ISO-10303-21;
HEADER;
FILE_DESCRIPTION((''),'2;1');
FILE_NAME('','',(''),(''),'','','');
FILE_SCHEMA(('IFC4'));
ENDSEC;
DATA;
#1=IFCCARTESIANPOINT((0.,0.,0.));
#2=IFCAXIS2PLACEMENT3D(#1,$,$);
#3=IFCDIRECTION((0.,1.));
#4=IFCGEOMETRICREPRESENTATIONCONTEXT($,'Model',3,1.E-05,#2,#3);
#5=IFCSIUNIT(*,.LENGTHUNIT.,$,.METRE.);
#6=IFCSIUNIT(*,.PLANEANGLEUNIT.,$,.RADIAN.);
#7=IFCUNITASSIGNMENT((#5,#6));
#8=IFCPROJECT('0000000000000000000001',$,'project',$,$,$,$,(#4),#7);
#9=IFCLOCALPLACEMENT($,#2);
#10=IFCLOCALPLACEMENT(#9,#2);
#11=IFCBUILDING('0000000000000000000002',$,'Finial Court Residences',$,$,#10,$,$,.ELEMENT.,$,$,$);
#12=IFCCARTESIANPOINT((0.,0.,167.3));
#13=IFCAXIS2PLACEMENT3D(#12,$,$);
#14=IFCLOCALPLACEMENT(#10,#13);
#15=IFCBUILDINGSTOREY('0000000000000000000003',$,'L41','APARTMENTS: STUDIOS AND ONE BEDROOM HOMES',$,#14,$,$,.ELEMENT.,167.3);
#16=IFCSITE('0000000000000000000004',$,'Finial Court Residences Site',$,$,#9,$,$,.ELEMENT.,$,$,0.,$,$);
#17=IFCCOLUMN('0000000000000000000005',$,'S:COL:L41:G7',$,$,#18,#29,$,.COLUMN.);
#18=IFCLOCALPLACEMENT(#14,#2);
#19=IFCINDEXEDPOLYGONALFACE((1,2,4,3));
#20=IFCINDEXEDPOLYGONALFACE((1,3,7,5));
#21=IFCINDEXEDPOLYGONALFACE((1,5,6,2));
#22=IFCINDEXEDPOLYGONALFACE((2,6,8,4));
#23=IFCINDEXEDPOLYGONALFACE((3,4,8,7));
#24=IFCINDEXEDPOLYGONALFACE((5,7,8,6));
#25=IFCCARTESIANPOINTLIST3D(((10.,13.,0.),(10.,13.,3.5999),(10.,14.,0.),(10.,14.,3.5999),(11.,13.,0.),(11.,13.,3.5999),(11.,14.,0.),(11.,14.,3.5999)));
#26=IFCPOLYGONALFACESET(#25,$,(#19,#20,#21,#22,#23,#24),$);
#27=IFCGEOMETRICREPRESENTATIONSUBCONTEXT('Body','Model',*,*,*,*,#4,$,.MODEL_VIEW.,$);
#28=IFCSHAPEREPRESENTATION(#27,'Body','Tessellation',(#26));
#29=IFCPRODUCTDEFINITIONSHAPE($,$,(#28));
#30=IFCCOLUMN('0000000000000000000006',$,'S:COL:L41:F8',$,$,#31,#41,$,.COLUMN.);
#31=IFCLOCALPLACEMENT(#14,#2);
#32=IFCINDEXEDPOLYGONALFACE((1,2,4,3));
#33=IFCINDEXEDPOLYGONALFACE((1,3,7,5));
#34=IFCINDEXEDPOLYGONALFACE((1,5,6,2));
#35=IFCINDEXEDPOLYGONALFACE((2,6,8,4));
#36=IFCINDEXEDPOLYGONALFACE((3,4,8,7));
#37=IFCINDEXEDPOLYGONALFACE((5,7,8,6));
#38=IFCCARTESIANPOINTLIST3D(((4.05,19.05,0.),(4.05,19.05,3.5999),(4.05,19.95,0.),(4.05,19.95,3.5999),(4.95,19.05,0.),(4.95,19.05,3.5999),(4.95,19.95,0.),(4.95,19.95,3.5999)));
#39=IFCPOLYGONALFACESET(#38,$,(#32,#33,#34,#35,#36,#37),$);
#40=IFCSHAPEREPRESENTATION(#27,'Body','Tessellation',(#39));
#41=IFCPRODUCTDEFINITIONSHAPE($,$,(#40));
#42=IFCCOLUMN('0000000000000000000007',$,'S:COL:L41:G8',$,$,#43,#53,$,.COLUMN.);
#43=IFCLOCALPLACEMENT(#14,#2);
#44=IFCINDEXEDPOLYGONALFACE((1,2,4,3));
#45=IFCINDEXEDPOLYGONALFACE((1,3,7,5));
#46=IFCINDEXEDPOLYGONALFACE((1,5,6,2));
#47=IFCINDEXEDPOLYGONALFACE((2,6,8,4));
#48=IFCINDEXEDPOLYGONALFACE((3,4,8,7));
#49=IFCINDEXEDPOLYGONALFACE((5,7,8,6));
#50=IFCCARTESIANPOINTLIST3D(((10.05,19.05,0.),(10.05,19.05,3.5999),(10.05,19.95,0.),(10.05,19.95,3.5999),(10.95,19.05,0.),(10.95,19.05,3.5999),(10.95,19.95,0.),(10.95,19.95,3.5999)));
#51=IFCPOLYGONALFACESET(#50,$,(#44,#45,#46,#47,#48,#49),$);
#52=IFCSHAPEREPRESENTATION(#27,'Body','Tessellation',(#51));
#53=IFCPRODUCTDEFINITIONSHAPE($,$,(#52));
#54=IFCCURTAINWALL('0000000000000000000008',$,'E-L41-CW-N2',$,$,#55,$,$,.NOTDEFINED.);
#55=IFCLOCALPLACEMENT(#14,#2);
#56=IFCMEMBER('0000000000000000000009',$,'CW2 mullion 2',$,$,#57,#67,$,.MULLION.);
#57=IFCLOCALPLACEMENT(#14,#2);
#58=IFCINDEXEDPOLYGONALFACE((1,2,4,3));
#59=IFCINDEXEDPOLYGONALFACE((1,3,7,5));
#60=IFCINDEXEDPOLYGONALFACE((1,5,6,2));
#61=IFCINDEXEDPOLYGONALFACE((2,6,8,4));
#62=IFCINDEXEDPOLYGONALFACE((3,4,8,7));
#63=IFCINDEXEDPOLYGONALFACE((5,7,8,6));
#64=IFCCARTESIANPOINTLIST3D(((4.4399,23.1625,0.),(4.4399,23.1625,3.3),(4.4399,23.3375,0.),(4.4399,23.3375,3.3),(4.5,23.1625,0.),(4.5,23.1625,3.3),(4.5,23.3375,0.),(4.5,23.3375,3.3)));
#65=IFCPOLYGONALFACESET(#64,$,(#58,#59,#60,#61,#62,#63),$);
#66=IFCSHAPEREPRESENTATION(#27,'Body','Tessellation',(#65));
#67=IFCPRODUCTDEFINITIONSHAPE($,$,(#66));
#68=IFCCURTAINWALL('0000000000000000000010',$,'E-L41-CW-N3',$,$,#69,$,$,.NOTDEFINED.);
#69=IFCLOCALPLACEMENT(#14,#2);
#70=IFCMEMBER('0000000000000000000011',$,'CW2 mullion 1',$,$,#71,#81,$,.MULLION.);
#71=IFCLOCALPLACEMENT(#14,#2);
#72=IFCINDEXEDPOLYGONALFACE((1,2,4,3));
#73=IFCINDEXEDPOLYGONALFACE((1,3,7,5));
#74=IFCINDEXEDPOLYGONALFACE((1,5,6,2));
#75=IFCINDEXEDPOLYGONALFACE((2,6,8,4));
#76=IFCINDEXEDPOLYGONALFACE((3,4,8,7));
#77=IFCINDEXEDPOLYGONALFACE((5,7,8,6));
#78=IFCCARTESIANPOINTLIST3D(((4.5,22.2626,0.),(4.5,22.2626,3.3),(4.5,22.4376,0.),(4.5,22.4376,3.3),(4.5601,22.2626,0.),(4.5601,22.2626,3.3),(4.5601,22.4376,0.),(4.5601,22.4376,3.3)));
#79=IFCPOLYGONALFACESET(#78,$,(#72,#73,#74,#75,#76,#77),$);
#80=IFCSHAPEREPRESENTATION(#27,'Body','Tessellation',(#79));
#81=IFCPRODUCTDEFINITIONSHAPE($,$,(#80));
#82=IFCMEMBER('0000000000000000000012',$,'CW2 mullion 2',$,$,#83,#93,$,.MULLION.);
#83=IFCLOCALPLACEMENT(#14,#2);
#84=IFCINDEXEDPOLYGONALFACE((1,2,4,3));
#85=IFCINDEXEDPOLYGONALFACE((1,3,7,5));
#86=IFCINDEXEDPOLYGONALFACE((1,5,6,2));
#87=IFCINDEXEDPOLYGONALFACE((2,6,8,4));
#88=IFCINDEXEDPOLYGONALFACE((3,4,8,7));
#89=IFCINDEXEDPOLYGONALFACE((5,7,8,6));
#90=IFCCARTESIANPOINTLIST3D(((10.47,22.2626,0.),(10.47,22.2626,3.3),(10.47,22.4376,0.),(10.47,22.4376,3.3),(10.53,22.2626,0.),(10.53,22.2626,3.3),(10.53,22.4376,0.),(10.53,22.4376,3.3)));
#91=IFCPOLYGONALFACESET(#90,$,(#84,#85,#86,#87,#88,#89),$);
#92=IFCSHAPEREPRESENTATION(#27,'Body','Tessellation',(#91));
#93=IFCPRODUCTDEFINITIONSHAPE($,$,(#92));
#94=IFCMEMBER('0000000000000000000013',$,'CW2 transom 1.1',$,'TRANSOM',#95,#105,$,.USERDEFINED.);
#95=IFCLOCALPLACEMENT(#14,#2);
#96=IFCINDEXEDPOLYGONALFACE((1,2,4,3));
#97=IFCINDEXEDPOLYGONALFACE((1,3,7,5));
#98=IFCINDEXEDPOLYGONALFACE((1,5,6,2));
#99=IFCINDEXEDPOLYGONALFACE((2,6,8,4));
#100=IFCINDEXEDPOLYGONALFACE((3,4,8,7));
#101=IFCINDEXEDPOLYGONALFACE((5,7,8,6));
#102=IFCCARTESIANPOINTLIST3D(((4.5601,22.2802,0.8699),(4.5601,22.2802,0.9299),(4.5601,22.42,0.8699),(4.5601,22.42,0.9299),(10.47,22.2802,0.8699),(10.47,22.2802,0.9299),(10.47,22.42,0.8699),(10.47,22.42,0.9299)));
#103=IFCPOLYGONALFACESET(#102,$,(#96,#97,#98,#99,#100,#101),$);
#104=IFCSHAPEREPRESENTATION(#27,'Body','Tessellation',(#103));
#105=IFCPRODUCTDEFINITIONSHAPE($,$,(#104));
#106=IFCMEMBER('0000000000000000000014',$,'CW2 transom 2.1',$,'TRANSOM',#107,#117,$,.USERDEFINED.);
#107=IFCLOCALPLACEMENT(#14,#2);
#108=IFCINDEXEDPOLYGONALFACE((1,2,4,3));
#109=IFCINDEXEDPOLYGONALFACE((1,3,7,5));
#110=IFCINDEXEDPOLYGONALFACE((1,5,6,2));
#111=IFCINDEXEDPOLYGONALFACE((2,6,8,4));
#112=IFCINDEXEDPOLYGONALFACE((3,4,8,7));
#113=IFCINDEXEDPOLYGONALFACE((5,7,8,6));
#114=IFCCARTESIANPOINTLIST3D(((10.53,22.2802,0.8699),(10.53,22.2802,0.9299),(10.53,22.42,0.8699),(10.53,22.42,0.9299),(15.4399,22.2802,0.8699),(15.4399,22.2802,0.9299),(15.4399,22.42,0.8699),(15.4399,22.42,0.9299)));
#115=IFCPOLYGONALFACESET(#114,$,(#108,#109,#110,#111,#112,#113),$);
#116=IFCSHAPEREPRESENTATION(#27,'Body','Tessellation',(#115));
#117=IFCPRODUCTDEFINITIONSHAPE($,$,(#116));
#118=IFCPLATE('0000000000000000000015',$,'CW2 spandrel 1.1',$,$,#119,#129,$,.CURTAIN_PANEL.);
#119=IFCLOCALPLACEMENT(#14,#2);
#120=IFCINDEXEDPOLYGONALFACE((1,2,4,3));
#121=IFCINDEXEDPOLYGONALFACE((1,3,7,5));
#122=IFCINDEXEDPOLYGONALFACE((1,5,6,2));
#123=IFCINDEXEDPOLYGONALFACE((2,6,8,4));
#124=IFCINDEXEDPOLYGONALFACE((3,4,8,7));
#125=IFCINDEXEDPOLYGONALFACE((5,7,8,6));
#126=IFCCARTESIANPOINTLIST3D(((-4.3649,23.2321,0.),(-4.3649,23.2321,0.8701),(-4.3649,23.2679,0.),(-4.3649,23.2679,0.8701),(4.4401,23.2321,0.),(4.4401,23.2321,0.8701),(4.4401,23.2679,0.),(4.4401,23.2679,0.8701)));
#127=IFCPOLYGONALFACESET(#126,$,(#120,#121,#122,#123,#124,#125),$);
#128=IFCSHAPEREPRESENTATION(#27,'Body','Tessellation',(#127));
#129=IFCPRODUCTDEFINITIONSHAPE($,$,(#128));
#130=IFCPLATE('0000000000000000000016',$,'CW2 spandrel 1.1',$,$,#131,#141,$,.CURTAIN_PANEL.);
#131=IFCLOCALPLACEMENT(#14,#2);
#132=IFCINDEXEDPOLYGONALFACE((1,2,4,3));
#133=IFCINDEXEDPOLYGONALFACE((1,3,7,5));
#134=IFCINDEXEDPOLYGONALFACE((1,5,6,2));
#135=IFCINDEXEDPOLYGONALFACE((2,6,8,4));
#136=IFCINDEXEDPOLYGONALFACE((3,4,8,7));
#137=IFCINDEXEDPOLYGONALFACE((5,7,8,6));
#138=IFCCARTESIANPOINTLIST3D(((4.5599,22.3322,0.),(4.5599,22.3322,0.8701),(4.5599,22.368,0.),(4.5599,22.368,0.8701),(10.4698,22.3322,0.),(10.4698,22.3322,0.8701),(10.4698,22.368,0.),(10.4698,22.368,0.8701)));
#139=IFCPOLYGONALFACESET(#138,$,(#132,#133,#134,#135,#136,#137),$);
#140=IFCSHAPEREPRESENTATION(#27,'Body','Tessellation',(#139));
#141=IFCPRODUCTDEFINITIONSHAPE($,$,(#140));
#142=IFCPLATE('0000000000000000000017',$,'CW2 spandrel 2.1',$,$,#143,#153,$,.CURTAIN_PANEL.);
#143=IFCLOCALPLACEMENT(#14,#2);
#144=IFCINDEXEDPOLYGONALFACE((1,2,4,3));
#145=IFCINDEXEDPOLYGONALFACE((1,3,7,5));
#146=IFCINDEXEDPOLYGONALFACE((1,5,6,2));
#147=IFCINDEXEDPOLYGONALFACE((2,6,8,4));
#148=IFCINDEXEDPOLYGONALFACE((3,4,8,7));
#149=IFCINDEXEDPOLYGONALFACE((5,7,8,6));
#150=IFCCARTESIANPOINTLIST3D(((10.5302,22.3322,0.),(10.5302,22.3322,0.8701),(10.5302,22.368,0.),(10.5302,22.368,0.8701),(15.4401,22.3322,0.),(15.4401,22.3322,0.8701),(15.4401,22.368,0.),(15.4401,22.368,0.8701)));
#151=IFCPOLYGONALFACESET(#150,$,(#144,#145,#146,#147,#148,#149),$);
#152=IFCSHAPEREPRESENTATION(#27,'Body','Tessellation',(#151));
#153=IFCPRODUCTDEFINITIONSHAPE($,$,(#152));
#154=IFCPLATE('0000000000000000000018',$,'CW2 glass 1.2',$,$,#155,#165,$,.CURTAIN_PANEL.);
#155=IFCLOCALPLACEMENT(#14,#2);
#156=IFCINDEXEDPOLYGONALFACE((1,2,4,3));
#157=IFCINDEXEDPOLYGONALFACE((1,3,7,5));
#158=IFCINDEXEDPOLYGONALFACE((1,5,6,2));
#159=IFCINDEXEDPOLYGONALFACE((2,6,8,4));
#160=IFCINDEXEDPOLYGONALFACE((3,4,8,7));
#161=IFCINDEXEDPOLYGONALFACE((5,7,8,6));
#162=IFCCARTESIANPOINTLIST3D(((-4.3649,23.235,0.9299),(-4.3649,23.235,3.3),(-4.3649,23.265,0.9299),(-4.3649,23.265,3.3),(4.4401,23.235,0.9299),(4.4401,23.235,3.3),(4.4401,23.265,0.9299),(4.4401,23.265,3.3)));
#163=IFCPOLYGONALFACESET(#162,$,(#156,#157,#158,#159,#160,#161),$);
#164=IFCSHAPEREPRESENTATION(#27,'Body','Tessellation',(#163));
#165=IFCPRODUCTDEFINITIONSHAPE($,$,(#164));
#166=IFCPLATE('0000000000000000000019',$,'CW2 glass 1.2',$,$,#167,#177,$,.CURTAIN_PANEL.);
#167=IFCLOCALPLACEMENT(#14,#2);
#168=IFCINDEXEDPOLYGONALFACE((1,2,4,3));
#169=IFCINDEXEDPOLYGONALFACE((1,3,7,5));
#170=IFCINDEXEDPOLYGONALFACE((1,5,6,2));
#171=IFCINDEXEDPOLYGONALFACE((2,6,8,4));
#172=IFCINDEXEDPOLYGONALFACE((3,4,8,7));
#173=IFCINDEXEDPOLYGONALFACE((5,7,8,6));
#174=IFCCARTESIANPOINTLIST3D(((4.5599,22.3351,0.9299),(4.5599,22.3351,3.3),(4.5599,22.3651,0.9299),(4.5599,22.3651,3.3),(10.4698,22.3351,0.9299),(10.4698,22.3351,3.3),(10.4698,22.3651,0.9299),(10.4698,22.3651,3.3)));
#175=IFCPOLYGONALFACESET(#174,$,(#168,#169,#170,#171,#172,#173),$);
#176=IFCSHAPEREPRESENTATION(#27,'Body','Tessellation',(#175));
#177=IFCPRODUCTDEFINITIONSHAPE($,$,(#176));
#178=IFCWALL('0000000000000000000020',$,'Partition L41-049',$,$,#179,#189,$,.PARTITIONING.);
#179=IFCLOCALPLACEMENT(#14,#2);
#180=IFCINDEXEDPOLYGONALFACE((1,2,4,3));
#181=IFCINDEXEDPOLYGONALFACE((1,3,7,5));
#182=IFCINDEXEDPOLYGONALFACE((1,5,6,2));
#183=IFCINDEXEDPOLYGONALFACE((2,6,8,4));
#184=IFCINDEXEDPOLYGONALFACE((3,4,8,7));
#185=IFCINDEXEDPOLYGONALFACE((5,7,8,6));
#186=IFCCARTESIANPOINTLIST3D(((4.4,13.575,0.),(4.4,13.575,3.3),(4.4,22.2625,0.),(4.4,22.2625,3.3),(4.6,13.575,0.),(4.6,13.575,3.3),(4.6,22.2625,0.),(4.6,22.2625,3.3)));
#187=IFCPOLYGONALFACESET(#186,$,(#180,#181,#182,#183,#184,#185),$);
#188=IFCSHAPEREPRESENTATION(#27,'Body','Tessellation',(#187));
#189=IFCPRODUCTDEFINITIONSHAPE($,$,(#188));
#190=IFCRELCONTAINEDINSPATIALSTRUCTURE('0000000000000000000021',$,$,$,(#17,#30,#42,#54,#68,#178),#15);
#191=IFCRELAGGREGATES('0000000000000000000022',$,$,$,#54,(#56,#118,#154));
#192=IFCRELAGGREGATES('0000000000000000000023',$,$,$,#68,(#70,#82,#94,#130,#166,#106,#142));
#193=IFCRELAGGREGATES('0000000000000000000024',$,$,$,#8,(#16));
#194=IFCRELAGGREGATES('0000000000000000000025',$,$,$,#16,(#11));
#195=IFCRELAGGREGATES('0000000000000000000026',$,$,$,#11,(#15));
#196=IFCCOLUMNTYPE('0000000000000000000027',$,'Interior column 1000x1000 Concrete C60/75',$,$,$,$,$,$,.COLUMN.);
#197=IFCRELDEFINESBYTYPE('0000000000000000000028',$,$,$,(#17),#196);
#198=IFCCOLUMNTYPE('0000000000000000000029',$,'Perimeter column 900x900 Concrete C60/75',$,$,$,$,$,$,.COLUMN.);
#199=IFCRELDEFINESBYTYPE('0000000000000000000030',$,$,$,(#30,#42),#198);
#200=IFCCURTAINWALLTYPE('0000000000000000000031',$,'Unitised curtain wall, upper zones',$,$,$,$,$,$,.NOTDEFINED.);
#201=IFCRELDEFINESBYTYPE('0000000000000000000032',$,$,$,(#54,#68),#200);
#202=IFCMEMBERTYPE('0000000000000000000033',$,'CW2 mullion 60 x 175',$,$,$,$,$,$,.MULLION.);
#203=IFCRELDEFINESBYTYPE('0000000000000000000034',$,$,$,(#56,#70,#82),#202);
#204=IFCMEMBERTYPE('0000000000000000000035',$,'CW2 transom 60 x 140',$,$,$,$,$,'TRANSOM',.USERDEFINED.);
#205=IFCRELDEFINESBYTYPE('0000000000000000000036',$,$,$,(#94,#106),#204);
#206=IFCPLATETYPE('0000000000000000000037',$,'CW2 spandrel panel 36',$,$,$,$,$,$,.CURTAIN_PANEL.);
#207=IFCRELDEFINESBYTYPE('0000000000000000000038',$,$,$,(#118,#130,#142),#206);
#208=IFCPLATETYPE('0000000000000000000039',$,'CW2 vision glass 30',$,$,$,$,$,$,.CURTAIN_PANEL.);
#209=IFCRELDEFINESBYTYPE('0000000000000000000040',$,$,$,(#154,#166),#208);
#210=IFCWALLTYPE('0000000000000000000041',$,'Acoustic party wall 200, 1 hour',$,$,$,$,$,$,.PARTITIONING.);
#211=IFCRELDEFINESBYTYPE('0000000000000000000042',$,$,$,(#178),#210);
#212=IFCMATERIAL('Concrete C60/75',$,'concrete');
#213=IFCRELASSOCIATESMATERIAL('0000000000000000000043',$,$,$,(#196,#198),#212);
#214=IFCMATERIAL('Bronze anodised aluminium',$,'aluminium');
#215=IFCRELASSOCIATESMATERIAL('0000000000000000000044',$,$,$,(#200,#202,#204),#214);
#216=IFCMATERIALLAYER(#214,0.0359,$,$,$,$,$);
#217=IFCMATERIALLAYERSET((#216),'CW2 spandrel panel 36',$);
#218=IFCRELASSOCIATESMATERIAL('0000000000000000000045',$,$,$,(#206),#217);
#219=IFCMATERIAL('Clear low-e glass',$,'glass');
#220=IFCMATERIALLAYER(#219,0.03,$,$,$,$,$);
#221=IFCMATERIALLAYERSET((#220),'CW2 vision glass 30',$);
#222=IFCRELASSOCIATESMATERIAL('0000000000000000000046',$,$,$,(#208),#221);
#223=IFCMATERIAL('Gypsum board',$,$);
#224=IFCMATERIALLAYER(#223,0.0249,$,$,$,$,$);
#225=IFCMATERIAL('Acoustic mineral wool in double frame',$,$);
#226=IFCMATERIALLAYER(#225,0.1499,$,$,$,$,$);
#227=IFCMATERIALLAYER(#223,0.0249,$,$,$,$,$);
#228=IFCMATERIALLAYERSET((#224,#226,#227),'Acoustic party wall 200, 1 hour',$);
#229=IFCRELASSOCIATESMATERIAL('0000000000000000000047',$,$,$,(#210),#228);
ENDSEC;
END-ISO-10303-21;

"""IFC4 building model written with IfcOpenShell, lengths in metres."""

from ifc_helpers import new_model, si_unit, direction, frame, frame_2d, origin, origin_2d, place, context, subcontext, project, spatial, rectangle, extrude, material, layer, layer_set, material_profile, profile_set, type_object, element, aggregate, save


model = new_model("IFC4")

# Units and contexts
model_context = context("Model", 3, precision=1e-05, world=origin(), true_north=direction((0.0, 1.0)))
body_context = subcontext(model_context, "Body", "Model", "MODEL_VIEW")
ifc_project = project(units=[si_unit("LENGTHUNIT", "METRE"), si_unit("PLANEANGLEUNIT", "RADIAN")], contexts=[model_context])

# Site, building, storey
site_placement = place(None, origin())
site = spatial("IfcSite", under=ifc_project, at=site_placement, Name="Finial Court Residences Site", CompositionType="ELEMENT", RefElevation=0.0)
building_placement = place(site_placement, origin())
building = spatial("IfcBuilding", under=site, at=building_placement, Name="Finial Court Residences", CompositionType="ELEMENT")
storey_placement = place(building_placement, frame((0.0, 0.0, 167.3)))
storey = spatial("IfcBuildingStorey", under=building, at=storey_placement, Name="L41", Description="APARTMENTS: STUDIOS AND ONE BEDROOM HOMES", CompositionType="ELEMENT", Elevation=167.3)

# Columns
ifc_material_1 = material(Name="Concrete C60/75", Category="concrete")
ifc_material_profile_1 = material_profile(ifc_material_1, rectangle(XDim=1.0, YDim=1.0, at=origin_2d()), Name="1000x1000")
ifc_profile_set_1 = profile_set([ifc_material_profile_1], Name="Concrete C60/75")
column_type_1 = type_object("IfcColumnType", Name="Interior column 1000x1000 Concrete C60/75", PredefinedType="COLUMN", material=ifc_profile_set_1)
column_placement = place(storey_placement, frame((10.5, 13.5, 0.0), z_axis=(0.0, 0.0, 1.0), x_axis=(1.0, 0.0, 0.0)))
element("IfcColumn", 1, at=column_placement, inside=storey, type_object=column_type_1, Name="S:COL:L41:G7", PredefinedType="COLUMN", context=body_context, shape_type="SweptSolid", body=[
    extrude(rectangle(XDim=1.0, YDim=1.0, at=origin_2d()), origin(), (0.0, 0.0, 1.0), 3.5999),
])
ifc_material_profile_2 = material_profile(ifc_material_1, rectangle(XDim=0.8999, YDim=0.8999, at=origin_2d()), Name="900x900")
ifc_profile_set_2 = profile_set([ifc_material_profile_2], Name="Concrete C60/75")
column_type_2 = type_object("IfcColumnType", Name="Perimeter column 900x900 Concrete C60/75", PredefinedType="COLUMN", material=ifc_profile_set_2)
for number, where, z_axis, x_axis, name in (
    (2, (4.5, 19.5, 0.0), (0.0, 0.0, 1.0), (1.0, 0.0, 0.0), "S:COL:L41:F8"),
    (3, (10.5, 19.5, 0.0), (0.0, 0.0, 1.0), (1.0, 0.0, 0.0), "S:COL:L41:G8"),
):
    element("IfcColumn", number, at=place(storey_placement, frame(where, z_axis=z_axis, x_axis=x_axis)), inside=storey, type_object=column_type_2, Name=name, PredefinedType="COLUMN", context=body_context, shape_type="SweptSolid", body=[
        extrude(rectangle(XDim=0.8999, YDim=0.8999, at=origin_2d()), origin(), (0.0, 0.0, 1.0), 3.5999),
    ])

# Curtain wall, member
ifc_material_2 = material(Name="Bronze anodised aluminium", Category="aluminium")
curtain_wall_type = type_object("IfcCurtainWallType", Name="Unitised curtain wall, upper zones", PredefinedType="NOTDEFINED", material=ifc_material_2)
curtain_wall_1_placement = place(storey_placement, origin())
curtain_wall_1 = element("IfcCurtainWall", 4, at=curtain_wall_1_placement, inside=storey, type_object=curtain_wall_type, Name="E-L41-CW-N2", PredefinedType="NOTDEFINED")
ifc_material_profile_3 = material_profile(ifc_material_2, rectangle(XDim=0.175, YDim=0.0601, at=origin_2d()), Name="CW2 mullion 60 x 175")
ifc_profile_set_3 = profile_set([ifc_material_profile_3], Name="Bronze anodised aluminium")
member_type_1 = type_object("IfcMemberType", Name="CW2 mullion 60 x 175", PredefinedType="MULLION", material=ifc_profile_set_3)
member_1_placement = place(storey_placement, frame((4.47, 23.25, 0.0), z_axis=(0.0, 0.0, 1.0), x_axis=(0.0, 1.0, 0.0)))
member_1 = element("IfcMember", 5, at=member_1_placement, type_object=member_type_1, Name="CW2 mullion 2", PredefinedType="MULLION", context=body_context, shape_type="SweptSolid", body=[
    extrude(rectangle(XDim=0.175, YDim=0.0601, at=origin_2d()), origin(), (0.0, 0.0, 1.0), 3.3),
])

# Curtain wall, members
curtain_wall_2_placement = place(storey_placement, origin())
curtain_wall_2 = element("IfcCurtainWall", 6, at=curtain_wall_2_placement, inside=storey, type_object=curtain_wall_type, Name="E-L41-CW-N3", PredefinedType="NOTDEFINED")
member_2_placement = place(storey_placement, frame((4.53, 22.3501, 0.0), z_axis=(0.0, 0.0, 1.0), x_axis=(0.0, 1.0, 0.0)))
member_2 = element("IfcMember", 7, at=member_2_placement, type_object=member_type_1, Name="CW2 mullion 1", PredefinedType="MULLION", context=body_context, shape_type="SweptSolid", body=[
    extrude(rectangle(XDim=0.175, YDim=0.0601, at=origin_2d()), origin(), (0.0, 0.0, 1.0), 3.3),
])
member_3_placement = place(storey_placement, frame((10.5, 22.3501, 0.0), z_axis=(0.0, 0.0, 1.0), x_axis=(0.0, 1.0, 0.0)))
member_3 = element("IfcMember", 8, at=member_3_placement, type_object=member_type_1, Name="CW2 mullion 2", PredefinedType="MULLION", context=body_context, shape_type="SweptSolid", body=[
    extrude(rectangle(XDim=0.175, YDim=0.0601, at=origin_2d()), origin(), (0.0, 0.0, 1.0), 3.3),
])
ifc_material_profile_4 = material_profile(ifc_material_2, rectangle(XDim=0.1399, YDim=0.0601, at=origin_2d()), Name="CW2 transom 60 x 140")
ifc_profile_set_4 = profile_set([ifc_material_profile_4], Name="Bronze anodised aluminium")
member_type_2 = type_object("IfcMemberType", Name="CW2 transom 60 x 140", ElementType="TRANSOM", PredefinedType="USERDEFINED", material=ifc_profile_set_4)
member_4_placement = place(storey_placement, frame((4.5601, 22.3501, 0.8999), z_axis=(1.0, 0.0, 0.0), x_axis=(0.0, 1.0, 0.0)))
member_4 = element("IfcMember", 9, at=member_4_placement, type_object=member_type_2, Name="CW2 transom 1.1", ObjectType="TRANSOM", PredefinedType="USERDEFINED", context=body_context, shape_type="SweptSolid", body=[
    extrude(rectangle(XDim=0.1399, YDim=0.0601, at=origin_2d()), origin(), (0.0, 0.0, 1.0), 5.9099),
])
member_5_placement = place(storey_placement, frame((10.53, 22.3501, 0.8999), z_axis=(1.0, 0.0, 0.0), x_axis=(0.0, 1.0, 0.0)))
member_5 = element("IfcMember", 10, at=member_5_placement, type_object=member_type_2, Name="CW2 transom 2.1", ObjectType="TRANSOM", PredefinedType="USERDEFINED", context=body_context, shape_type="SweptSolid", body=[
    extrude(rectangle(XDim=0.1399, YDim=0.0601, at=origin_2d()), origin(), (0.0, 0.0, 1.0), 4.9099),
])

# Plates
ifc_layer_1 = layer(ifc_material_2, 0.0359)
ifc_layer_set_1 = layer_set([ifc_layer_1], Name="CW2 spandrel panel 36")
plate_type_1 = type_object("IfcPlateType", Name="CW2 spandrel panel 36", PredefinedType="CURTAIN_PANEL", material=ifc_layer_set_1)
plate_1_placement = place(storey_placement, frame((0.0376, 23.25, 0.0), z_axis=(0.0, 0.0, 1.0), x_axis=(1.0, 0.0, 0.0)))
plate_1 = element("IfcPlate", 11, at=plate_1_placement, type_object=plate_type_1, Name="CW2 spandrel 1.1", PredefinedType="CURTAIN_PANEL", context=body_context, shape_type="SweptSolid", body=[
    extrude(rectangle(XDim=8.8049, YDim=0.0359, at=origin_2d()), origin(), (0.0, 0.0, 1.0), 0.8701),
])
plate_2_placement = place(storey_placement, frame((7.5149, 22.3501, 0.0), z_axis=(0.0, 0.0, 1.0), x_axis=(1.0, 0.0, 0.0)))
plate_2 = element("IfcPlate", 12, at=plate_2_placement, type_object=plate_type_1, Name="CW2 spandrel 1.1", PredefinedType="CURTAIN_PANEL", context=body_context, shape_type="SweptSolid", body=[
    extrude(rectangle(XDim=5.9099, YDim=0.0359, at=origin_2d()), origin(), (0.0, 0.0, 1.0), 0.8701),
])
plate_3_placement = place(storey_placement, frame((12.9851, 22.3501, 0.0), z_axis=(0.0, 0.0, 1.0), x_axis=(1.0, 0.0, 0.0)))
plate_3 = element("IfcPlate", 13, at=plate_3_placement, type_object=plate_type_1, Name="CW2 spandrel 2.1", PredefinedType="CURTAIN_PANEL", context=body_context, shape_type="SweptSolid", body=[
    extrude(rectangle(XDim=4.9099, YDim=0.0359, at=origin_2d()), origin(), (0.0, 0.0, 1.0), 0.8701),
])
ifc_material_3 = material(Name="Clear low-e glass", Category="glass")
ifc_layer_2 = layer(ifc_material_3, 0.03)
ifc_layer_set_2 = layer_set([ifc_layer_2], Name="CW2 vision glass 30")
plate_type_2 = type_object("IfcPlateType", Name="CW2 vision glass 30", PredefinedType="CURTAIN_PANEL", material=ifc_layer_set_2)
plate_4_placement = place(storey_placement, frame((0.0376, 23.25, 0.9299), z_axis=(0.0, 0.0, 1.0), x_axis=(1.0, 0.0, 0.0)))
plate_4 = element("IfcPlate", 14, at=plate_4_placement, type_object=plate_type_2, Name="CW2 glass 1.2", PredefinedType="CURTAIN_PANEL", context=body_context, shape_type="SweptSolid", body=[
    extrude(rectangle(XDim=8.8049, YDim=0.03, at=origin_2d()), origin(), (0.0, 0.0, 1.0), 2.3701),
])
aggregate(curtain_wall_1, [member_1, plate_1, plate_4])
plate_5_placement = place(storey_placement, frame((7.5149, 22.3501, 0.9299), z_axis=(0.0, 0.0, 1.0), x_axis=(1.0, 0.0, 0.0)))
plate_5 = element("IfcPlate", 15, at=plate_5_placement, type_object=plate_type_2, Name="CW2 glass 1.2", PredefinedType="CURTAIN_PANEL", context=body_context, shape_type="SweptSolid", body=[
    extrude(rectangle(XDim=5.9099, YDim=0.03, at=origin_2d()), origin(), (0.0, 0.0, 1.0), 2.3701),
])
aggregate(curtain_wall_2, [member_2, member_3, member_4, plate_2, plate_5, member_5, plate_3])

# Wall
ifc_material_4 = material(Name="Gypsum board")
ifc_layer_3 = layer(ifc_material_4, 0.0249)
ifc_material_5 = material(Name="Acoustic mineral wool in double frame")
ifc_layer_4 = layer(ifc_material_5, 0.1499)
ifc_layer_5 = layer(ifc_material_4, 0.0249)
ifc_layer_set_3 = layer_set([ifc_layer_3, ifc_layer_4, ifc_layer_5], Name="Acoustic party wall 200, 1 hour")
wall_type_1 = type_object("IfcWallType", Name="Acoustic party wall 200, 1 hour", PredefinedType="PARTITIONING", material=ifc_layer_set_3)
wall_1_placement = place(storey_placement, frame((4.5, 13.575, 0.0), z_axis=(0.0, 0.0, 1.0), x_axis=(0.0, 1.0, 0.0)))
element("IfcWall", 16, at=wall_1_placement, inside=storey, type_object=wall_type_1, Name="Partition L41-049", PredefinedType="PARTITIONING", context=body_context, shape_type="SweptSolid", body=[
    extrude(rectangle(XDim=8.6875, YDim=0.2, at=frame_2d((4.3438, 0.0))), origin(), (0.0, 0.0, 1.0), 3.3),
])

save(model, "model.ifc")
